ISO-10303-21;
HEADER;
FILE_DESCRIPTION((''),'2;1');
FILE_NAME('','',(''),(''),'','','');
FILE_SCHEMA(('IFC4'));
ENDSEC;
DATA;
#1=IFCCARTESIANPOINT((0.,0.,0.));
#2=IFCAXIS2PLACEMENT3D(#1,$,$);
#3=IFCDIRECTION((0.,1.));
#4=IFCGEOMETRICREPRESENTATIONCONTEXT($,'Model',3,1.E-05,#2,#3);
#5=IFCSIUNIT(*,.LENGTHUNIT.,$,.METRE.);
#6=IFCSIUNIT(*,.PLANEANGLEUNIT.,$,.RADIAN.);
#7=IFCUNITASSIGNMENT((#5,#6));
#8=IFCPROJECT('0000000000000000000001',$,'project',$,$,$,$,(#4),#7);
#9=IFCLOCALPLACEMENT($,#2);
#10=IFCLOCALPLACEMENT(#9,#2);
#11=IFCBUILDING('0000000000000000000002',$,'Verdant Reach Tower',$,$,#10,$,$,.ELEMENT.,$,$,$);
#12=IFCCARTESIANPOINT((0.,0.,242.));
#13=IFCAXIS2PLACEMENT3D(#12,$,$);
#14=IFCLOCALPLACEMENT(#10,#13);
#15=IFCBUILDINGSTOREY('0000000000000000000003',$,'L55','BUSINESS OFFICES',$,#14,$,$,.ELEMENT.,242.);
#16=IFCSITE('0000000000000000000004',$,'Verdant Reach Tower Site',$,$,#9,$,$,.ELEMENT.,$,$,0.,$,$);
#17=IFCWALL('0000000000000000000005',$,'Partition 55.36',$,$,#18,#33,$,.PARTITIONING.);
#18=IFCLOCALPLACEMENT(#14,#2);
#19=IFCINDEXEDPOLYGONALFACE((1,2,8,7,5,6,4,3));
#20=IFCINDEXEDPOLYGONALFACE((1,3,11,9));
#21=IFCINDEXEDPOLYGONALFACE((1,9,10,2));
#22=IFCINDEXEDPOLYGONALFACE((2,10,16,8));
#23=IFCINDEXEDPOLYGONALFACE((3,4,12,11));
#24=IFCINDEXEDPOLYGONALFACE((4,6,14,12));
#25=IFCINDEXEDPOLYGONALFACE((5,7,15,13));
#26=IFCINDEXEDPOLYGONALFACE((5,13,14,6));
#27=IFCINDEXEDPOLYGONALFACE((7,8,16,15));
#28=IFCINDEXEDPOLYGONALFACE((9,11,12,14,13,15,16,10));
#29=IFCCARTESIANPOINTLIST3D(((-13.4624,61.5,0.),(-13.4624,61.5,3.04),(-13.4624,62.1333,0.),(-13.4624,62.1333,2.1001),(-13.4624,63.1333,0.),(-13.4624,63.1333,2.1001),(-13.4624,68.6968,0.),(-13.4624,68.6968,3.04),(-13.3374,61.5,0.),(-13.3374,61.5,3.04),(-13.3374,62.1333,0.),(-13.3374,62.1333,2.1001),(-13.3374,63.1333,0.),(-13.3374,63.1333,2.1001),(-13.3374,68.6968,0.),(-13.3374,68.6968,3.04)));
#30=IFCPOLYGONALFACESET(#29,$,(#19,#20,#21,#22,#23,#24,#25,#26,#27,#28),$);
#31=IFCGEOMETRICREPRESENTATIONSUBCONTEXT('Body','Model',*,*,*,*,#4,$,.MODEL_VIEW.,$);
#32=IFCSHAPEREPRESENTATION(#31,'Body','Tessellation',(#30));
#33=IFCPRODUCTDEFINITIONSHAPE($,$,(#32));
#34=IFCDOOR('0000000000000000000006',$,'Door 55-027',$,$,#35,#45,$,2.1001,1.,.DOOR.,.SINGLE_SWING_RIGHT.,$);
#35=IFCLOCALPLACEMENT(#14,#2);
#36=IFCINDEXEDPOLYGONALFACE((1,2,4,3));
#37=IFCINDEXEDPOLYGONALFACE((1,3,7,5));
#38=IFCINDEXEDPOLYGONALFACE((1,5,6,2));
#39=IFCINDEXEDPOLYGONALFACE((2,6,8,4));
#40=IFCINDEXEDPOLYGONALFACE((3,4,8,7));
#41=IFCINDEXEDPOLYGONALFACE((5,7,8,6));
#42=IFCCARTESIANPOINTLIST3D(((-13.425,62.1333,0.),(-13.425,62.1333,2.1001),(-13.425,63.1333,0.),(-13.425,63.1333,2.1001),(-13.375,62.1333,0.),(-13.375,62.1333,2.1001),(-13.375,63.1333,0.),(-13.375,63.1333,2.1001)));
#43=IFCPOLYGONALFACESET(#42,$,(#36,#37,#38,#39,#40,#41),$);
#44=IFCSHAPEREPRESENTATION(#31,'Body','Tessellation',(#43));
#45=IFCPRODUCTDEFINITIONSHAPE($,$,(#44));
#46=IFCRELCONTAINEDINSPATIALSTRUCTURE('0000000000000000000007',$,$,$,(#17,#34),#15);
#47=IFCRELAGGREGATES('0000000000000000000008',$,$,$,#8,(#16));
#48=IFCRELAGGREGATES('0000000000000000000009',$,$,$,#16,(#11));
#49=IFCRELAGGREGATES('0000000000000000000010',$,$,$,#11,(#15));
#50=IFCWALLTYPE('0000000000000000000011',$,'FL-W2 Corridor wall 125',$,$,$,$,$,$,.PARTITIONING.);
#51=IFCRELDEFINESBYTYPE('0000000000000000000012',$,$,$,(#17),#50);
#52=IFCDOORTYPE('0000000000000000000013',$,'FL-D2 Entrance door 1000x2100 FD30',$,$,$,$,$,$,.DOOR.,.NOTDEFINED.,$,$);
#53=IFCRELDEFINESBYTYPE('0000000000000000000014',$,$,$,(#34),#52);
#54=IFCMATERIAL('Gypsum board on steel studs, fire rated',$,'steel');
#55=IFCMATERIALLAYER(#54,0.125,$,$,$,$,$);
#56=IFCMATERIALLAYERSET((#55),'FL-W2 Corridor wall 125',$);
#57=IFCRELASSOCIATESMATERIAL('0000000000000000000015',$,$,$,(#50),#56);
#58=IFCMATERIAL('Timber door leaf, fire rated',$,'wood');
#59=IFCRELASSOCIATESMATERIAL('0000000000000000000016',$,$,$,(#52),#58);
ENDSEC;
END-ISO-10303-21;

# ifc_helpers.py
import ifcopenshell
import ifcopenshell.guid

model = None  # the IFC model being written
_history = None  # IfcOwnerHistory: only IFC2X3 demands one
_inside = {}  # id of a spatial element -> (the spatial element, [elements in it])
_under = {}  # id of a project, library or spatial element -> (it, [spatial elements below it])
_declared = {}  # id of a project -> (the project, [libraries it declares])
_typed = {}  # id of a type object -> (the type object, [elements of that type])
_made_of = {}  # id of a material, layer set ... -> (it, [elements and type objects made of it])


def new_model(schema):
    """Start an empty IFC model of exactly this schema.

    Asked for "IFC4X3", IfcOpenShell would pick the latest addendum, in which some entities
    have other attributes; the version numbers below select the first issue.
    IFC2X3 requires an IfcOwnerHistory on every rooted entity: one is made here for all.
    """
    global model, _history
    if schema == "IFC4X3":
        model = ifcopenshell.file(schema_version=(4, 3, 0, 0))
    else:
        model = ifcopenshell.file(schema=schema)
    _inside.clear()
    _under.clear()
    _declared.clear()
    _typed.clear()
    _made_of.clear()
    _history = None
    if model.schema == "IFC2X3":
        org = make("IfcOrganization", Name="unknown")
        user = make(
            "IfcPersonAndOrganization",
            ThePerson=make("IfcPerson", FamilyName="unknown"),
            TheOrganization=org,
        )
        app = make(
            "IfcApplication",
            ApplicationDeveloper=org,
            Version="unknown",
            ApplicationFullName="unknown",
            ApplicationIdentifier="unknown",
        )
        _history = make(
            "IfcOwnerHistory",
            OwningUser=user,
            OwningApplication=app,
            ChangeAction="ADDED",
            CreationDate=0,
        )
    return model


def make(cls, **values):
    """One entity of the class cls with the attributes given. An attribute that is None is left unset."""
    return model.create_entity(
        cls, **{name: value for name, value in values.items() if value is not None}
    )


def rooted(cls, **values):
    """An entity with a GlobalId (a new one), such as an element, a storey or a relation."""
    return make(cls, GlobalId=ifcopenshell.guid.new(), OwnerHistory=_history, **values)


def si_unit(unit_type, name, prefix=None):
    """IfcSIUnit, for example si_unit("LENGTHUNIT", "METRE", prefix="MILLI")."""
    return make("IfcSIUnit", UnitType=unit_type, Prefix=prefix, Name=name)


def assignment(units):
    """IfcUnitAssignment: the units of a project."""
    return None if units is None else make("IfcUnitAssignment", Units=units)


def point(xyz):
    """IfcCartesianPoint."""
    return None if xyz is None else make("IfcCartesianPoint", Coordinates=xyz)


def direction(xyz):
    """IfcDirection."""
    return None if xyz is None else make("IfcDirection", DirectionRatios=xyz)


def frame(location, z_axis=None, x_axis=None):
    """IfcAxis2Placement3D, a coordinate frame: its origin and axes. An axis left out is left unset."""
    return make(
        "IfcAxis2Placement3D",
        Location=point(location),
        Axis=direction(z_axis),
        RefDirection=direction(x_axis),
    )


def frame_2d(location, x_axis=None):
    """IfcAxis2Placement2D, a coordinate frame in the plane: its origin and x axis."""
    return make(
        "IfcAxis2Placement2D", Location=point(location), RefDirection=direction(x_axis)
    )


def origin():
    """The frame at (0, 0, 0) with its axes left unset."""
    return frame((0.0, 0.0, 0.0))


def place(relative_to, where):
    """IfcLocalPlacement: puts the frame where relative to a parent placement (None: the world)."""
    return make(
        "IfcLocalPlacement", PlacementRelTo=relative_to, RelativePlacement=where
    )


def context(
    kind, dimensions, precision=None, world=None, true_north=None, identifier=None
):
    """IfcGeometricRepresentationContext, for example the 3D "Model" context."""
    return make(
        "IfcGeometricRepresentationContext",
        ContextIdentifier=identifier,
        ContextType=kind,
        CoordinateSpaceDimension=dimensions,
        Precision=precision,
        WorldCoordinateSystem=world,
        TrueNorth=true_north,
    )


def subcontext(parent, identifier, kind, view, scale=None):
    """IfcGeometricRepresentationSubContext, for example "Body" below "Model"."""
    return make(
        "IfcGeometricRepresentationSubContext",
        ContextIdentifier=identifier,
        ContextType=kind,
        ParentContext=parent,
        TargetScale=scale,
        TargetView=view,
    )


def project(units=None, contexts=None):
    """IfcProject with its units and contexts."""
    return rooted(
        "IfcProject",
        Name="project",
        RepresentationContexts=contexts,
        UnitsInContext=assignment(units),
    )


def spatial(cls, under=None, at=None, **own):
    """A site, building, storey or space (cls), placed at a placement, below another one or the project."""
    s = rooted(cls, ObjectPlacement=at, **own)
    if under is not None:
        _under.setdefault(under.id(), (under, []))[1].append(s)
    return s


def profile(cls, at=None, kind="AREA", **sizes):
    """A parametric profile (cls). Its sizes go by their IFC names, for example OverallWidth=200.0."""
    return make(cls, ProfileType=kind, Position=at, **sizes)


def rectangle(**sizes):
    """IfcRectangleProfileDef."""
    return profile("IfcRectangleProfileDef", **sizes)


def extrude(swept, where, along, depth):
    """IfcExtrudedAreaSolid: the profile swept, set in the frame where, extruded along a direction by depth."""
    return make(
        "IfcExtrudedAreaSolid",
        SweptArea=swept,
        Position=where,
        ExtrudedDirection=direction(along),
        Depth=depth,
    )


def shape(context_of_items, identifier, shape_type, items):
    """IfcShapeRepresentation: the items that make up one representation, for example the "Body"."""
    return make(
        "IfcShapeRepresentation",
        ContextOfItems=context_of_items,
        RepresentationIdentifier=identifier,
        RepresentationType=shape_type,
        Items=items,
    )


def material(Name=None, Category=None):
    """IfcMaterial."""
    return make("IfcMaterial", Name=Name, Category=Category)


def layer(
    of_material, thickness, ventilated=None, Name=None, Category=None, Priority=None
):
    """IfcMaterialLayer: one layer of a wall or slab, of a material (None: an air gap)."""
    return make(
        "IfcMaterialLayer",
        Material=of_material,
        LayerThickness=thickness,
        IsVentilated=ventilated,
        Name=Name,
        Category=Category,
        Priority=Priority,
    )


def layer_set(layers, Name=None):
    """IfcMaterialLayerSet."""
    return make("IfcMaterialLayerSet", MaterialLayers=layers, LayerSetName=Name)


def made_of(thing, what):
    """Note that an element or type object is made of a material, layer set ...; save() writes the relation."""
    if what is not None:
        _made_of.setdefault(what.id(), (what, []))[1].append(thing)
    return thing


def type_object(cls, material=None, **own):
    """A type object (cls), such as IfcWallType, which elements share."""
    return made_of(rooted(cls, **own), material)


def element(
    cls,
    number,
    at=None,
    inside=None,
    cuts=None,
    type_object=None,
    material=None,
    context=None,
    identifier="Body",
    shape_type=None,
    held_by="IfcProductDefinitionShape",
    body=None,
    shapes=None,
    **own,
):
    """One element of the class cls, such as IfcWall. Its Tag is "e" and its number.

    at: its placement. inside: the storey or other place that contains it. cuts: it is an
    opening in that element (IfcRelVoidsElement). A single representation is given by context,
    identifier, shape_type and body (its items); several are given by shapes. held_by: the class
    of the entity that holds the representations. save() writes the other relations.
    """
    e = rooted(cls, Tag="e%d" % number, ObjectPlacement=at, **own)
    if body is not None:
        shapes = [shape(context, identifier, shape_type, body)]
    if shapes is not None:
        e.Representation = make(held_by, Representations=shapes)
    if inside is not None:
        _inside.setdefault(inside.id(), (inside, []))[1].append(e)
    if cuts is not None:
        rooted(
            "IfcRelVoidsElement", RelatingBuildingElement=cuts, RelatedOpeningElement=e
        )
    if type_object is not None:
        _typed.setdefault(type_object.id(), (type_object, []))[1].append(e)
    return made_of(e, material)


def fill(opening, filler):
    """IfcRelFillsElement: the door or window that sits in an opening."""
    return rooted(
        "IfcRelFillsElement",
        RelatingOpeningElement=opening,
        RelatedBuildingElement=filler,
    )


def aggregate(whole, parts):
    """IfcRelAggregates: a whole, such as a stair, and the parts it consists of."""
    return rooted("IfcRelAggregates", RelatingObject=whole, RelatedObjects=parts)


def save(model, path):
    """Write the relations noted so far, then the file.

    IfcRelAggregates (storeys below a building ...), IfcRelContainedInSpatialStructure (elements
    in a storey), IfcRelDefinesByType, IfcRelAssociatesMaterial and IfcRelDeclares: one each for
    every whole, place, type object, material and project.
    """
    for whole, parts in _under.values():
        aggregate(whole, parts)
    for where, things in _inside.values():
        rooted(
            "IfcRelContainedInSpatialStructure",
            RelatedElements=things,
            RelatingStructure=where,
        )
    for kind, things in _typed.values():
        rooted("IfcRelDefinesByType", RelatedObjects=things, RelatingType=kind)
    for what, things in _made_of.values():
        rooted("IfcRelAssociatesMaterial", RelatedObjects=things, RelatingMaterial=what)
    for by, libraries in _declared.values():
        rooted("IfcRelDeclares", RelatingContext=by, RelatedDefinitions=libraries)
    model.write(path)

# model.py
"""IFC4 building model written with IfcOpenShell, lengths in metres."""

from ifc_helpers import new_model, si_unit, direction, frame, frame_2d, origin, place, context, subcontext, project, spatial, rectangle, extrude, material, layer, layer_set, type_object, element, fill, save


model = new_model("IFC4")

# Units and contexts
model_context = context("Model", 3, precision=1e-05, world=origin(), true_north=direction((0.0, 1.0)))
body_context = subcontext(model_context, "Body", "Model", "MODEL_VIEW")
ifc_project = project(units=[si_unit("LENGTHUNIT", "METRE"), si_unit("PLANEANGLEUNIT", "RADIAN")], contexts=[model_context])

# Site, building, storey
site_placement = place(None, origin())
site = spatial("IfcSite", under=ifc_project, at=site_placement, Name="Verdant Reach Tower Site", CompositionType="ELEMENT", RefElevation=0.0)
building_placement = place(site_placement, origin())
building = spatial("IfcBuilding", under=site, at=building_placement, Name="Verdant Reach Tower", CompositionType="ELEMENT")
storey_placement = place(building_placement, frame((0.0, 0.0, 242.0)))
storey = spatial("IfcBuildingStorey", under=building, at=storey_placement, Name="L55", Description="BUSINESS OFFICES", CompositionType="ELEMENT", Elevation=242.0)

# Shared definitions
ifc_material_1 = material(Name="Gypsum board on steel studs, fire rated", Category="steel")
ifc_layer_1 = layer(ifc_material_1, 0.125)
ifc_layer_set_1 = layer_set([ifc_layer_1], Name="FL-W2 Corridor wall 125")
wall_type_1 = type_object("IfcWallType", Name="FL-W2 Corridor wall 125", PredefinedType="PARTITIONING", material=ifc_layer_set_1)

# Shared definitions
ifc_material_2 = material(Name="Timber door leaf, fire rated", Category="wood")
door_type_1 = type_object("IfcDoorType", Name="FL-D2 Entrance door 1000x2100 FD30", OperationType="NOTDEFINED", PredefinedType="DOOR", material=ifc_material_2)

# Wall, opening, door
wall_1_placement = place(storey_placement, frame((-13.3999, 68.6968, 0.0), z_axis=(0.0, 0.0, 1.0), x_axis=(0.0, -1.0, 0.0)))
wall_1 = element("IfcWall", 1, at=wall_1_placement, inside=storey, type_object=wall_type_1, Name="Partition 55.36", PredefinedType="PARTITIONING", context=body_context, shape_type="SweptSolid", body=[
    extrude(rectangle(XDim=7.1968, YDim=0.125, at=frame_2d((3.5984, 0.0))), origin(), (0.0, 0.0, 1.0), 3.04),
])
opening_1_placement = place(wall_1_placement, frame((5.5635, 0.0, 0.0)))
opening_1 = element("IfcOpeningElement", 2, at=opening_1_placement, cuts=wall_1, PredefinedType="OPENING", context=body_context, shape_type="SweptSolid", body=[
    extrude(rectangle(XDim=1.0, YDim=2.1001, at=frame_2d((0.5, 1.05))), frame((0.0, 0.0725, 0.0), z_axis=(0.0, -1.0, 0.0), x_axis=(1.0, 0.0, 0.0)), (0.0, 0.0, 1.0), 0.145),
])
door_1_placement = place(opening_1_placement, origin())
door_1 = element("IfcDoor", 3, at=door_1_placement, inside=storey, type_object=door_type_1, Name="Door 55-027", OperationType="SINGLE_SWING_RIGHT", OverallHeight=2.1001, OverallWidth=1.0, PredefinedType="DOOR", context=body_context, shape_type="SweptSolid", body=[
    extrude(rectangle(XDim=1.0, YDim=2.1001, at=frame_2d((0.5, 1.05))), frame((0.0, 0.0249, 0.0), z_axis=(0.0, -1.0, 0.0), x_axis=(1.0, 0.0, 0.0)), (0.0, 0.0, 1.0), 0.05),
])
fill(opening_1, door_1)

save(model, "model.ifc")
